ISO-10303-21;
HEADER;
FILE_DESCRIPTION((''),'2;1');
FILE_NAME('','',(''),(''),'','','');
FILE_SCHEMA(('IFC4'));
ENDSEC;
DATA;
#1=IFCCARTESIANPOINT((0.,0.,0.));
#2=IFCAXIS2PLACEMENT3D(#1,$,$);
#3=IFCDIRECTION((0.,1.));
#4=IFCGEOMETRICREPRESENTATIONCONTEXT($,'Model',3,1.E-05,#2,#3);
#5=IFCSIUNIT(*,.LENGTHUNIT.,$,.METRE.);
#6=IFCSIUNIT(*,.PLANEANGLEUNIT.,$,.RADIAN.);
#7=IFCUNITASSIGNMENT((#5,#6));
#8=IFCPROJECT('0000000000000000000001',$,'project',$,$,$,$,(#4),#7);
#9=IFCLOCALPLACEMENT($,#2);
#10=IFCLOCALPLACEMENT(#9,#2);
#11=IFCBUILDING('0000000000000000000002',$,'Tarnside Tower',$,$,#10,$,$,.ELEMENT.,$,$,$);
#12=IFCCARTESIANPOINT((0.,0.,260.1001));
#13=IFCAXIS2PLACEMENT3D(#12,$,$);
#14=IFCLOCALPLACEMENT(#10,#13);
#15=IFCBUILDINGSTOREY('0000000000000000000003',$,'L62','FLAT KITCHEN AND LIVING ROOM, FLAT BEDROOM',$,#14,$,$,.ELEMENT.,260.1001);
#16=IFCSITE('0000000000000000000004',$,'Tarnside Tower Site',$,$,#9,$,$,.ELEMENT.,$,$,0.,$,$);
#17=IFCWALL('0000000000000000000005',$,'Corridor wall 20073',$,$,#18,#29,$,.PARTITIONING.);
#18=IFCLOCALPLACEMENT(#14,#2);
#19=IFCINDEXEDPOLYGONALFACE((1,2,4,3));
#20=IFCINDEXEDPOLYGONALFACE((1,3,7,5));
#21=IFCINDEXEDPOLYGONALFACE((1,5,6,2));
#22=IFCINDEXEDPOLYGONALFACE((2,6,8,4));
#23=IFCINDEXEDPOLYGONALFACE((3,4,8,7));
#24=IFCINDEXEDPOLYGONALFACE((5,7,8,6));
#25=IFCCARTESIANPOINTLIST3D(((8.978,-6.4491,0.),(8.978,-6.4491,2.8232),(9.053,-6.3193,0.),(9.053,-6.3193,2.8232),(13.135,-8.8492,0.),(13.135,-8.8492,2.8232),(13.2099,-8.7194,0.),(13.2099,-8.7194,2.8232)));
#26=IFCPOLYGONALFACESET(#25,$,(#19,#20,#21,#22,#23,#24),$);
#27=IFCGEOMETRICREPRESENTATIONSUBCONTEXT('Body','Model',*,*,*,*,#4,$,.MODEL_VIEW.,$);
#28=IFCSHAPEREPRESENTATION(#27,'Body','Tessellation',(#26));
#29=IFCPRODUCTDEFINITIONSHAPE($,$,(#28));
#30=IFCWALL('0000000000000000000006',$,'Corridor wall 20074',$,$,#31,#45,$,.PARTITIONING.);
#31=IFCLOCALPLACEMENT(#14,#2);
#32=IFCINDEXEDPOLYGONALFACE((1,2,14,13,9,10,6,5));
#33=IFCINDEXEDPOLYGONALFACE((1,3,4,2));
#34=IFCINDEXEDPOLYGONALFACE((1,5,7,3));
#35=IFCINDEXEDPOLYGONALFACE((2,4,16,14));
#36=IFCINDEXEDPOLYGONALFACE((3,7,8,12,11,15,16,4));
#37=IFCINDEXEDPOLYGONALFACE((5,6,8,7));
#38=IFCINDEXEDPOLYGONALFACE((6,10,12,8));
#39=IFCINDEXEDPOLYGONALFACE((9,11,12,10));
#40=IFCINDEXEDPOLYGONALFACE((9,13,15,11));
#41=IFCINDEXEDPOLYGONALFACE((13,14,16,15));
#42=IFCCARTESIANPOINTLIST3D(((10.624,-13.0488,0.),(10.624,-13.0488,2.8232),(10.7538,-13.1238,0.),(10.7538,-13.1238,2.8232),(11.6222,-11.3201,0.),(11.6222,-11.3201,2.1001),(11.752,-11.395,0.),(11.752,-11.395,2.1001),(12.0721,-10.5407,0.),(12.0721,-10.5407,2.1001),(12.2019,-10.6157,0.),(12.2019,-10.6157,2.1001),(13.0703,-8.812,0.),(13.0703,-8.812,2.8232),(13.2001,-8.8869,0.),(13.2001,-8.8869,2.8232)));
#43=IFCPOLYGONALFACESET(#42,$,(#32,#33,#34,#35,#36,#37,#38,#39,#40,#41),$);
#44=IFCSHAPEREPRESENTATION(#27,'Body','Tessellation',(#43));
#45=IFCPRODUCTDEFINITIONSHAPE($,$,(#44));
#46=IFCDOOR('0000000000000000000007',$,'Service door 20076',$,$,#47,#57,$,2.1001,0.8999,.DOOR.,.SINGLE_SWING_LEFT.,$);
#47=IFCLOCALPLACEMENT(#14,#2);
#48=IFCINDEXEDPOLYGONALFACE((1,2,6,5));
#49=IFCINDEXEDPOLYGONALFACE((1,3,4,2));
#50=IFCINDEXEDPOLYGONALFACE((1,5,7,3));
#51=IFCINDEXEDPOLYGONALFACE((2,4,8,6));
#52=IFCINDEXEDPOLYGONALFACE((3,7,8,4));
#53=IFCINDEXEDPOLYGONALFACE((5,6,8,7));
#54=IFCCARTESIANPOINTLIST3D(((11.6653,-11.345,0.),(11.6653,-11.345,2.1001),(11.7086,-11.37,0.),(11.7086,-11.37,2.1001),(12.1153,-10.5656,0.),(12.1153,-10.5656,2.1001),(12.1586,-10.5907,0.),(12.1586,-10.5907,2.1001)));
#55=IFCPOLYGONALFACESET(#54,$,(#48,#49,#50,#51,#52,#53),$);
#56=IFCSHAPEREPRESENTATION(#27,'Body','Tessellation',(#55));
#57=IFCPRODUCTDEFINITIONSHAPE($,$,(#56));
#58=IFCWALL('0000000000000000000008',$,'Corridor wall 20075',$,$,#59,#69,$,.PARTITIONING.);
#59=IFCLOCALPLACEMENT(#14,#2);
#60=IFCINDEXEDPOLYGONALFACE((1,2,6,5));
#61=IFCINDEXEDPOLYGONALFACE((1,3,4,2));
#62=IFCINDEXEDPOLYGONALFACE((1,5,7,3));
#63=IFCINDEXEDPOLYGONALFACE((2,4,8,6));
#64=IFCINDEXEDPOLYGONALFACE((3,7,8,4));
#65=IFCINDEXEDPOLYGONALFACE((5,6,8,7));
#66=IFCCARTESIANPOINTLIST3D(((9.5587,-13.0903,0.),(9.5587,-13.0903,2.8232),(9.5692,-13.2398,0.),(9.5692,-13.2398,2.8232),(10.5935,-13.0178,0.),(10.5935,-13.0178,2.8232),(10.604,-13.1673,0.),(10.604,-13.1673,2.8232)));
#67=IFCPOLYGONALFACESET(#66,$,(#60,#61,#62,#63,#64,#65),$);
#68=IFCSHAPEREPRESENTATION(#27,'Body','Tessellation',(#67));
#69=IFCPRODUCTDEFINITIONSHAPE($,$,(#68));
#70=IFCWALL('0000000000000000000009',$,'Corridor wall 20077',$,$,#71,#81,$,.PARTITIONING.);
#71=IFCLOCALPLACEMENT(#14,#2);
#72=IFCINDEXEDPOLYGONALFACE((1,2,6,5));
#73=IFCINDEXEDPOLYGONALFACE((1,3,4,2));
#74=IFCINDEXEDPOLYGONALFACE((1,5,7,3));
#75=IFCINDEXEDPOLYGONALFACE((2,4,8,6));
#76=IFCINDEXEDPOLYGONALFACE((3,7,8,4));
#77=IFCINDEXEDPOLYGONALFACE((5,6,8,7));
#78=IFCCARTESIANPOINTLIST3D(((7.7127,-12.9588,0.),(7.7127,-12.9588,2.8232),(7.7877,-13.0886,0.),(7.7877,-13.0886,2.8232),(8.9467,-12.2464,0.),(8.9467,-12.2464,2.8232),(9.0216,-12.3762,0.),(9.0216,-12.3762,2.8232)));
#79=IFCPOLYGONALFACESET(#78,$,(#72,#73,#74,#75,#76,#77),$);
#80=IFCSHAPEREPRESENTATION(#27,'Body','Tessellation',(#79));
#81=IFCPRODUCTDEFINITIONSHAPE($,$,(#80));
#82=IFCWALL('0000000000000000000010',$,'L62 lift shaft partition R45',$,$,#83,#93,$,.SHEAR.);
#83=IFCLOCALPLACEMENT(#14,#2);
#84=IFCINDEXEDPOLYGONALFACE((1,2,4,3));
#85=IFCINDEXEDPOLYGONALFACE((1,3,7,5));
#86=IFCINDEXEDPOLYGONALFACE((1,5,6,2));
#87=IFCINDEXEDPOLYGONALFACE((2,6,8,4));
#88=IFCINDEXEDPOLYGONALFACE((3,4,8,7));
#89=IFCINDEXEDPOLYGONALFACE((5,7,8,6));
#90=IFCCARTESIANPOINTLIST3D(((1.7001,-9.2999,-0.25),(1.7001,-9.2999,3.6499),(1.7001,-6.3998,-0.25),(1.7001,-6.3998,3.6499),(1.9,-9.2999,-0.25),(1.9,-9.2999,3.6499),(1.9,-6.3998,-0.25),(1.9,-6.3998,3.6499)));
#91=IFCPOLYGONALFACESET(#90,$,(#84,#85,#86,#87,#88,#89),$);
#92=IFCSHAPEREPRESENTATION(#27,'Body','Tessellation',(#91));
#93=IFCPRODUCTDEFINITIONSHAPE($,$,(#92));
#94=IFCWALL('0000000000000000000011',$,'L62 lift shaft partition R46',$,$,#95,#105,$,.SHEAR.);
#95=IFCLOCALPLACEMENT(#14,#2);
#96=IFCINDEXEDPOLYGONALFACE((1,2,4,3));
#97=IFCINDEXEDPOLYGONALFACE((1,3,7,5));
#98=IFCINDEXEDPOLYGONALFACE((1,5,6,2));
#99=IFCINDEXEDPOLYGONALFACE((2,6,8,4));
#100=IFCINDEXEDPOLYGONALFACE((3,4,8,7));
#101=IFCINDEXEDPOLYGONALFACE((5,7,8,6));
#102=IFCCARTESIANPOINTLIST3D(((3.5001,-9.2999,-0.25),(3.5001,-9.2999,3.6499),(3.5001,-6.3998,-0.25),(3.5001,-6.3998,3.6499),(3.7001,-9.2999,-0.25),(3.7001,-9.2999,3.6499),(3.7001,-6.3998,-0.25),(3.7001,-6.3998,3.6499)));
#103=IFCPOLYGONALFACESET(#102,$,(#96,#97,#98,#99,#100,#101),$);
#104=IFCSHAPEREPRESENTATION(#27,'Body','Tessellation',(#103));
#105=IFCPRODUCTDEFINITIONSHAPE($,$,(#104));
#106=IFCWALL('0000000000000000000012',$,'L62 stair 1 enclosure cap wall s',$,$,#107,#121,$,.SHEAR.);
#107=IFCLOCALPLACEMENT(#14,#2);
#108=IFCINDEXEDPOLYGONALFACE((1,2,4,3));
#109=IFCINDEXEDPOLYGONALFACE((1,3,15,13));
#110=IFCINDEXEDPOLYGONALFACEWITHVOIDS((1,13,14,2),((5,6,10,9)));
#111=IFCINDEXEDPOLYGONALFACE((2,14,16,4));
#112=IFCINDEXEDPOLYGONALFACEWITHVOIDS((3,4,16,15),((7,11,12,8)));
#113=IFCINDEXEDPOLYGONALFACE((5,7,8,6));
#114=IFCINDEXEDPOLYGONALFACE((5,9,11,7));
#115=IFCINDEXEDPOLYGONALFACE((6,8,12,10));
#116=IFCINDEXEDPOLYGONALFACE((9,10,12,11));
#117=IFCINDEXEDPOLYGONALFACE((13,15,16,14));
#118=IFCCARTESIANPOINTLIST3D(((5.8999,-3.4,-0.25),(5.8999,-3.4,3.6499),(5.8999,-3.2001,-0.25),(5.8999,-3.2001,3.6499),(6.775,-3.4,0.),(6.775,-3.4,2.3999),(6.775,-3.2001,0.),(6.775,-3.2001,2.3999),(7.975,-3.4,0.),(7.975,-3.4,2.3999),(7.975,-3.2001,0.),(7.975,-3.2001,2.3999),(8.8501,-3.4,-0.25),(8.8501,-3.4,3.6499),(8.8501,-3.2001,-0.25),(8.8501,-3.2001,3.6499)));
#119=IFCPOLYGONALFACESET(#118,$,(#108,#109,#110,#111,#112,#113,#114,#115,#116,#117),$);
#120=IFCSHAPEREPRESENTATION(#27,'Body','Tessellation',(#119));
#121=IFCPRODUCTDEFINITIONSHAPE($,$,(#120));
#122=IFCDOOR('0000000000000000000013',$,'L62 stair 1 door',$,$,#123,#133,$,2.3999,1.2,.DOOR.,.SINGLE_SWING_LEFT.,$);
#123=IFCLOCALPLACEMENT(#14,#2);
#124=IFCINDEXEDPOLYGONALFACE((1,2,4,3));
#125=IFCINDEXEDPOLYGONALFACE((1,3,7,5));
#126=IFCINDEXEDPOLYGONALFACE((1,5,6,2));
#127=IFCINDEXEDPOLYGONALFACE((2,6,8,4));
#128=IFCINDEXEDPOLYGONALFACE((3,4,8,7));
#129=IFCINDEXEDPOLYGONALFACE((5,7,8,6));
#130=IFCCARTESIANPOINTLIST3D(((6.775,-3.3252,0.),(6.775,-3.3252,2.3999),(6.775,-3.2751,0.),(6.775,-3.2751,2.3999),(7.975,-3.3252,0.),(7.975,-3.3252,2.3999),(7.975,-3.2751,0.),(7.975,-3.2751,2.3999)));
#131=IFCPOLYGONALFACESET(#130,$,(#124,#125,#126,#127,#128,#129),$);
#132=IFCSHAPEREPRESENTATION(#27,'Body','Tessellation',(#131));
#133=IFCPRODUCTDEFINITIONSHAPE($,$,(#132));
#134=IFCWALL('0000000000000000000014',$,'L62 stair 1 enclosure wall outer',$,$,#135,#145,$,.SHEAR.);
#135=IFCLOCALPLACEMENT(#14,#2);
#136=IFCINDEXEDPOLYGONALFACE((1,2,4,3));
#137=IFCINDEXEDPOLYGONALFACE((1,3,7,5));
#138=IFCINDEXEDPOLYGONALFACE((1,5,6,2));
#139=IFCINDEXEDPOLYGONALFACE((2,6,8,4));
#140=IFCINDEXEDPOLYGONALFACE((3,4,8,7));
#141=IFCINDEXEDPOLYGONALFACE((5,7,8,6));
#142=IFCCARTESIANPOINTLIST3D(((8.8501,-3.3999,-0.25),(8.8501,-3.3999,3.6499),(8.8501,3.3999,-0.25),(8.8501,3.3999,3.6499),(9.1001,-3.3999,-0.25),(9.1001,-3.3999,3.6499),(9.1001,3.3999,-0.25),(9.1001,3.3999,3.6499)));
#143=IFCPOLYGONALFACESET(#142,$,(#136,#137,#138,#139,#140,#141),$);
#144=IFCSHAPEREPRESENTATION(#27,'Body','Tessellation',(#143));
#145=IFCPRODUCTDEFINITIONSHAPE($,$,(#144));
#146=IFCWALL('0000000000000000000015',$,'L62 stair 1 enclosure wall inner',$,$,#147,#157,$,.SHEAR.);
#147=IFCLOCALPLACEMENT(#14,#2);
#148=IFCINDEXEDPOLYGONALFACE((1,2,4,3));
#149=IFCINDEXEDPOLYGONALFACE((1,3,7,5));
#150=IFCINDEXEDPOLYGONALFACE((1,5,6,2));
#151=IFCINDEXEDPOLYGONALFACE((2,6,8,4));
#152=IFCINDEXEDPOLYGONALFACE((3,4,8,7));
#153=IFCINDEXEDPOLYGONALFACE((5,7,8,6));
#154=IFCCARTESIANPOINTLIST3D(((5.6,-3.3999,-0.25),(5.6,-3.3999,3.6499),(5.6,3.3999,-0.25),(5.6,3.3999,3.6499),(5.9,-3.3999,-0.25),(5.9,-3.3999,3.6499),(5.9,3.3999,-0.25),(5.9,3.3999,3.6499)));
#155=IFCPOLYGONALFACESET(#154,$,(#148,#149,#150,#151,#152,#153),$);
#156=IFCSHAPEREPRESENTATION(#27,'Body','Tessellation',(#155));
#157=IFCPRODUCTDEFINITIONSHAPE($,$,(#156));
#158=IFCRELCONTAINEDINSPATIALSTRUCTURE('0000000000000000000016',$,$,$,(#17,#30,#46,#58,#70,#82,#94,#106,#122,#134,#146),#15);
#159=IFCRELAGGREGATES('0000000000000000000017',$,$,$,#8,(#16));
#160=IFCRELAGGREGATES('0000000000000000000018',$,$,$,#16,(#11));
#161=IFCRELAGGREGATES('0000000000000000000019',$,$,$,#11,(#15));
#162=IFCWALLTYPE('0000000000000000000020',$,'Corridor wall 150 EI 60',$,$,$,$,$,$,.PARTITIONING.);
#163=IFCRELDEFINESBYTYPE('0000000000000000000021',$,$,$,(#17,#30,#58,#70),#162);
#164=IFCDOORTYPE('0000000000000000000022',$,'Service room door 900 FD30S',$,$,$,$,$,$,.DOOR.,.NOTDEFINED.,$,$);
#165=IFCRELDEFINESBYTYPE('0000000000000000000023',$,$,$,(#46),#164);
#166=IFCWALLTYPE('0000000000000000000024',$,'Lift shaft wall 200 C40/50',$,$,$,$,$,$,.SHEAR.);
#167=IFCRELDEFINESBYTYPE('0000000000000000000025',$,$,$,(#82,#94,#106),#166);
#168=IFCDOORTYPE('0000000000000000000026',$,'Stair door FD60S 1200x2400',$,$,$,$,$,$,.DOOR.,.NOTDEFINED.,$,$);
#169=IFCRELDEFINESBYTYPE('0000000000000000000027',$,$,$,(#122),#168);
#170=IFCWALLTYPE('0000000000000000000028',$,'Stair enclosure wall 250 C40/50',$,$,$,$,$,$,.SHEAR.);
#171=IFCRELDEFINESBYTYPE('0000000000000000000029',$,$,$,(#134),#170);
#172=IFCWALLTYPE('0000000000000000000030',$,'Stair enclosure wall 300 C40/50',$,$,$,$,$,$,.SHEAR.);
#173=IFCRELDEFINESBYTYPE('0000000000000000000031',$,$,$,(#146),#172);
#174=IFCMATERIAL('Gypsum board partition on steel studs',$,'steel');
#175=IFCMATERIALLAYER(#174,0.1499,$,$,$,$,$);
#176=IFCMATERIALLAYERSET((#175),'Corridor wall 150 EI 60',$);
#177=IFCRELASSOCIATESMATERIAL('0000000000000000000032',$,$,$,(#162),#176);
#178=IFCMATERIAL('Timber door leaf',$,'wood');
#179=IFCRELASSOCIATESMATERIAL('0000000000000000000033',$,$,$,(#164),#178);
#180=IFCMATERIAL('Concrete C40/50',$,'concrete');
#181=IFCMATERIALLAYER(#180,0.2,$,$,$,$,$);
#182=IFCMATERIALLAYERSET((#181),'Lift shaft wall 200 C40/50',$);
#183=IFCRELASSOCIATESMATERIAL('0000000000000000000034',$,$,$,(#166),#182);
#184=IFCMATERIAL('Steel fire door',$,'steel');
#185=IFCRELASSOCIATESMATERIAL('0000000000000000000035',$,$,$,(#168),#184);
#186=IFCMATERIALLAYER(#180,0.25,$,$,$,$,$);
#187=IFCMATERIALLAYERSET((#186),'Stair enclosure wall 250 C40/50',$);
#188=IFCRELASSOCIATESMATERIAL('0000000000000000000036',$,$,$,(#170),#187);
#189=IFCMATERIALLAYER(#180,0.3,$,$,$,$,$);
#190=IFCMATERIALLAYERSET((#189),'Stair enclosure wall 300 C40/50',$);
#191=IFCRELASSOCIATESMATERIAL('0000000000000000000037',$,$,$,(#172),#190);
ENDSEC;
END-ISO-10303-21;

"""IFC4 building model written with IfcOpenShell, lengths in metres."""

from ifc_helpers import new_model, si_unit, direction, frame, frame_2d, origin, place, context, subcontext, project, spatial, rectangle, extrude, material, layer, layer_set, type_object, element, fill, save


model = new_model("IFC4")

# Units and contexts
model_context = context("Model", 3, precision=1e-05, world=origin(), true_north=direction((0.0, 1.0)))
body_context = subcontext(model_context, "Body", "Model", "MODEL_VIEW")
ifc_project = project(units=[si_unit("LENGTHUNIT", "METRE"), si_unit("PLANEANGLEUNIT", "RADIAN")], contexts=[model_context])

# Site, building, storey
site_placement = place(None, origin())
site = spatial("IfcSite", under=ifc_project, at=site_placement, Name="Tarnside Tower Site", CompositionType="ELEMENT", RefElevation=0.0)
building_placement = place(site_placement, origin())
building = spatial("IfcBuilding", under=site, at=building_placement, Name="Tarnside Tower", CompositionType="ELEMENT")
storey_placement = place(building_placement, frame((0.0, 0.0, 260.1001)))
storey = spatial("IfcBuildingStorey", under=building, at=storey_placement, Name="L62", Description="FLAT KITCHEN AND LIVING ROOM, FLAT BEDROOM", CompositionType="ELEMENT", Elevation=260.1001)

# Shared definitions
ifc_material_1 = material(Name="Gypsum board partition on steel studs", Category="steel")
ifc_material_2 = material(Name="Timber door leaf", Category="wood")
ifc_material_3 = material(Name="Concrete C40/50", Category="concrete")
ifc_material_4 = material(Name="Steel fire door", Category="steel")

# Wall
ifc_layer_1 = layer(ifc_material_1, 0.1499)
ifc_layer_set_1 = layer_set([ifc_layer_1], Name="Corridor wall 150 EI 60")
wall_type_1 = type_object("IfcWallType", Name="Corridor wall 150 EI 60", PredefinedType="PARTITIONING", material=ifc_layer_set_1)
wall_1_placement = place(storey_placement, frame((9.0156, -6.3843, 0.0), z_axis=(0.0, 0.0, 1.0), x_axis=(0.866015, -0.500017, 0.0)))
element("IfcWall", 1, at=wall_1_placement, inside=storey, type_object=wall_type_1, Name="Corridor wall 20073", PredefinedType="PARTITIONING", context=body_context, shape_type="SweptSolid", body=[
    extrude(rectangle(XDim=4.8, YDim=0.1499, at=frame_2d((2.3999, 0.0))), origin(), (0.0, 0.0, 1.0), 2.8232),
])

# Wall, opening, door
wall_2_placement = place(storey_placement, frame((13.1353, -8.8494, 0.0), z_axis=(0.0, 0.0, 1.0), x_axis=(-0.500025, -0.866011, 0.0)))
wall_2 = element("IfcWall", 2, at=wall_2_placement, inside=storey, type_object=wall_type_1, Name="Corridor wall 20074", PredefinedType="PARTITIONING", context=body_context, shape_type="SweptSolid", body=[
    extrude(rectangle(XDim=4.8923, YDim=0.1499, at=frame_2d((2.4463, 0.0))), origin(), (0.0, 0.0, 1.0), 2.8232),
])
opening_1_placement = place(wall_2_placement, frame((1.9963, 0.0, 0.0)))
opening_1 = element("IfcOpeningElement", 3, at=opening_1_placement, cuts=wall_2, PredefinedType="OPENING", context=body_context, shape_type="SweptSolid", body=[
    extrude(rectangle(XDim=0.8999, YDim=2.1001, at=frame_2d((0.45, 1.05))), frame((0.0, 0.085, 0.0), z_axis=(0.0, -1.0, 0.0), x_axis=(1.0, 0.0, 0.0)), (0.0, 0.0, 1.0), 0.1699),
])
door_type_1 = type_object("IfcDoorType", Name="Service room door 900 FD30S", OperationType="NOTDEFINED", PredefinedType="DOOR", material=ifc_material_2)
door_1_placement = place(opening_1_placement, origin())
door_1 = element("IfcDoor", 4, at=door_1_placement, inside=storey, type_object=door_type_1, Name="Service door 20076", OperationType="SINGLE_SWING_LEFT", OverallHeight=2.1001, OverallWidth=0.8999, PredefinedType="DOOR", context=body_context, shape_type="SweptSolid", body=[
    extrude(rectangle(XDim=0.8999, YDim=2.1001, at=frame_2d((0.45, 1.05))), frame((0.0, 0.0249, 0.0), z_axis=(0.0, -1.0, 0.0), x_axis=(1.0, 0.0, 0.0)), (0.0, 0.0, 1.0), 0.05),
])
fill(opening_1, door_1)

# Walls
wall_3_placement = place(storey_placement, frame((10.5986, -13.0925, 0.0), z_axis=(0.0, 0.0, 1.0), x_axis=(-0.997555, -0.069892, 0.0)))
element("IfcWall", 5, at=wall_3_placement, inside=storey, type_object=wall_type_1, Name="Corridor wall 20075", PredefinedType="PARTITIONING", context=body_context, shape_type="SweptSolid", body=[
    extrude(rectangle(XDim=1.0374, YDim=0.1499, at=frame_2d((0.5186, 0.0))), origin(), (0.0, 0.0, 1.0), 2.8232),
])
wall_4_placement = place(storey_placement, frame((8.9841, -12.3113, 0.0), z_axis=(0.0, 0.0, 1.0), x_axis=(-0.86602, -0.500009, 0.0)))
element("IfcWall", 6, at=wall_4_placement, inside=storey, type_object=wall_type_1, Name="Corridor wall 20077", PredefinedType="PARTITIONING", context=body_context, shape_type="SweptSolid", body=[
    extrude(rectangle(XDim=1.4248, YDim=0.1499, at=frame_2d((0.7124, 0.0))), origin(), (0.0, 0.0, 1.0), 2.8232),
])
ifc_layer_2 = layer(ifc_material_3, 0.2)
ifc_layer_set_2 = layer_set([ifc_layer_2], Name="Lift shaft wall 200 C40/50")
wall_type_2 = type_object("IfcWallType", Name="Lift shaft wall 200 C40/50", PredefinedType="SHEAR", material=ifc_layer_set_2)
for number, where, z_axis, x_axis, name in (
    (7, (1.8, -9.3, -0.25), (0.0, 0.0, 1.0), (0.0, 1.0, 0.0), "L62 lift shaft partition R45"),
    (8, (3.6001, -9.3, -0.25), (0.0, 0.0, 1.0), (0.0, 1.0, 0.0), "L62 lift shaft partition R46"),
):
    element("IfcWall", number, at=place(storey_placement, frame(where, z_axis=z_axis, x_axis=x_axis)), inside=storey, type_object=wall_type_2, Name=name, PredefinedType="SHEAR", context=body_context, shape_type="SweptSolid", body=[
        extrude(rectangle(XDim=2.9001, YDim=0.2, at=frame_2d((1.4502, 0.0))), origin(), (0.0, 0.0, 1.0), 3.8999),
    ])

# Wall, opening, door
wall_5_placement = place(storey_placement, frame((5.8999, -3.3, -0.25), z_axis=(0.0, 0.0, 1.0), x_axis=(1.0, 0.0, 0.0)))
wall_5 = element("IfcWall", 9, at=wall_5_placement, inside=storey, type_object=wall_type_2, Name="L62 stair 1 enclosure cap wall s", PredefinedType="SHEAR", context=body_context, shape_type="SweptSolid", body=[
    extrude(rectangle(XDim=2.9502, YDim=0.2, at=frame_2d((1.4751, 0.0))), origin(), (0.0, 0.0, 1.0), 3.8999),
])
opening_2_placement = place(wall_5_placement, frame((0.875, 0.0, 0.25)))
opening_2 = element("IfcOpeningElement", 10, at=opening_2_placement, cuts=wall_5, PredefinedType="OPENING", context=body_context, shape_type="SweptSolid", body=[
    extrude(rectangle(XDim=1.2, YDim=2.3999, at=frame_2d((0.6001, 1.2))), frame((0.0, 0.1099, 0.0), z_axis=(0.0, -1.0, 0.0), x_axis=(1.0, 0.0, 0.0)), (0.0, 0.0, 1.0), 0.22),
])
door_type_2 = type_object("IfcDoorType", Name="Stair door FD60S 1200x2400", OperationType="NOTDEFINED", PredefinedType="DOOR", material=ifc_material_4)
door_2_placement = place(opening_2_placement, origin())
door_2 = element("IfcDoor", 11, at=door_2_placement, inside=storey, type_object=door_type_2, Name="L62 stair 1 door", OperationType="SINGLE_SWING_LEFT", OverallHeight=2.3999, OverallWidth=1.2, PredefinedType="DOOR", context=body_context, shape_type="SweptSolid", body=[
    extrude(rectangle(XDim=1.2, YDim=2.3999, at=frame_2d((0.6001, 1.2))), frame((0.0, 0.0249, 0.0), z_axis=(0.0, -1.0, 0.0), x_axis=(1.0, 0.0, 0.0)), (0.0, 0.0, 1.0), 0.05),
])
fill(opening_2, door_2)

# Walls
ifc_layer_3 = layer(ifc_material_3, 0.25)
ifc_layer_set_3 = layer_set([ifc_layer_3], Name="Stair enclosure wall 250 C40/50")
wall_type_3 = type_object("IfcWallType", Name="Stair enclosure wall 250 C40/50", PredefinedType="SHEAR", material=ifc_layer_set_3)
wall_6_placement = place(storey_placement, frame((8.9751, -3.3999, -0.25), z_axis=(0.0, 0.0, 1.0), x_axis=(0.0, 1.0, 0.0)))
element("IfcWall", 12, at=wall_6_placement, inside=storey, type_object=wall_type_3, Name="L62 stair 1 enclosure wall outer", PredefinedType="SHEAR", context=body_context, shape_type="SweptSolid", body=[
    extrude(rectangle(XDim=6.7998, YDim=0.25, at=frame_2d((3.3999, 0.0))), origin(), (0.0, 0.0, 1.0), 3.8999),
])
ifc_layer_4 = layer(ifc_material_3, 0.3)
ifc_layer_set_4 = layer_set([ifc_layer_4], Name="Stair enclosure wall 300 C40/50")
wall_type_4 = type_object("IfcWallType", Name="Stair enclosure wall 300 C40/50", PredefinedType="SHEAR", material=ifc_layer_set_4)
wall_7_placement = place(storey_placement, frame((5.75, -3.3999, -0.25), z_axis=(0.0, 0.0, 1.0), x_axis=(0.0, 1.0, 0.0)))
element("IfcWall", 13, at=wall_7_placement, inside=storey, type_object=wall_type_4, Name="L62 stair 1 enclosure wall inner", PredefinedType="SHEAR", context=body_context, shape_type="SweptSolid", body=[
    extrude(rectangle(XDim=6.7998, YDim=0.3, at=frame_2d((3.3999, 0.0))), origin(), (0.0, 0.0, 1.0), 3.8999),
])

save(model, "model.ifc")
